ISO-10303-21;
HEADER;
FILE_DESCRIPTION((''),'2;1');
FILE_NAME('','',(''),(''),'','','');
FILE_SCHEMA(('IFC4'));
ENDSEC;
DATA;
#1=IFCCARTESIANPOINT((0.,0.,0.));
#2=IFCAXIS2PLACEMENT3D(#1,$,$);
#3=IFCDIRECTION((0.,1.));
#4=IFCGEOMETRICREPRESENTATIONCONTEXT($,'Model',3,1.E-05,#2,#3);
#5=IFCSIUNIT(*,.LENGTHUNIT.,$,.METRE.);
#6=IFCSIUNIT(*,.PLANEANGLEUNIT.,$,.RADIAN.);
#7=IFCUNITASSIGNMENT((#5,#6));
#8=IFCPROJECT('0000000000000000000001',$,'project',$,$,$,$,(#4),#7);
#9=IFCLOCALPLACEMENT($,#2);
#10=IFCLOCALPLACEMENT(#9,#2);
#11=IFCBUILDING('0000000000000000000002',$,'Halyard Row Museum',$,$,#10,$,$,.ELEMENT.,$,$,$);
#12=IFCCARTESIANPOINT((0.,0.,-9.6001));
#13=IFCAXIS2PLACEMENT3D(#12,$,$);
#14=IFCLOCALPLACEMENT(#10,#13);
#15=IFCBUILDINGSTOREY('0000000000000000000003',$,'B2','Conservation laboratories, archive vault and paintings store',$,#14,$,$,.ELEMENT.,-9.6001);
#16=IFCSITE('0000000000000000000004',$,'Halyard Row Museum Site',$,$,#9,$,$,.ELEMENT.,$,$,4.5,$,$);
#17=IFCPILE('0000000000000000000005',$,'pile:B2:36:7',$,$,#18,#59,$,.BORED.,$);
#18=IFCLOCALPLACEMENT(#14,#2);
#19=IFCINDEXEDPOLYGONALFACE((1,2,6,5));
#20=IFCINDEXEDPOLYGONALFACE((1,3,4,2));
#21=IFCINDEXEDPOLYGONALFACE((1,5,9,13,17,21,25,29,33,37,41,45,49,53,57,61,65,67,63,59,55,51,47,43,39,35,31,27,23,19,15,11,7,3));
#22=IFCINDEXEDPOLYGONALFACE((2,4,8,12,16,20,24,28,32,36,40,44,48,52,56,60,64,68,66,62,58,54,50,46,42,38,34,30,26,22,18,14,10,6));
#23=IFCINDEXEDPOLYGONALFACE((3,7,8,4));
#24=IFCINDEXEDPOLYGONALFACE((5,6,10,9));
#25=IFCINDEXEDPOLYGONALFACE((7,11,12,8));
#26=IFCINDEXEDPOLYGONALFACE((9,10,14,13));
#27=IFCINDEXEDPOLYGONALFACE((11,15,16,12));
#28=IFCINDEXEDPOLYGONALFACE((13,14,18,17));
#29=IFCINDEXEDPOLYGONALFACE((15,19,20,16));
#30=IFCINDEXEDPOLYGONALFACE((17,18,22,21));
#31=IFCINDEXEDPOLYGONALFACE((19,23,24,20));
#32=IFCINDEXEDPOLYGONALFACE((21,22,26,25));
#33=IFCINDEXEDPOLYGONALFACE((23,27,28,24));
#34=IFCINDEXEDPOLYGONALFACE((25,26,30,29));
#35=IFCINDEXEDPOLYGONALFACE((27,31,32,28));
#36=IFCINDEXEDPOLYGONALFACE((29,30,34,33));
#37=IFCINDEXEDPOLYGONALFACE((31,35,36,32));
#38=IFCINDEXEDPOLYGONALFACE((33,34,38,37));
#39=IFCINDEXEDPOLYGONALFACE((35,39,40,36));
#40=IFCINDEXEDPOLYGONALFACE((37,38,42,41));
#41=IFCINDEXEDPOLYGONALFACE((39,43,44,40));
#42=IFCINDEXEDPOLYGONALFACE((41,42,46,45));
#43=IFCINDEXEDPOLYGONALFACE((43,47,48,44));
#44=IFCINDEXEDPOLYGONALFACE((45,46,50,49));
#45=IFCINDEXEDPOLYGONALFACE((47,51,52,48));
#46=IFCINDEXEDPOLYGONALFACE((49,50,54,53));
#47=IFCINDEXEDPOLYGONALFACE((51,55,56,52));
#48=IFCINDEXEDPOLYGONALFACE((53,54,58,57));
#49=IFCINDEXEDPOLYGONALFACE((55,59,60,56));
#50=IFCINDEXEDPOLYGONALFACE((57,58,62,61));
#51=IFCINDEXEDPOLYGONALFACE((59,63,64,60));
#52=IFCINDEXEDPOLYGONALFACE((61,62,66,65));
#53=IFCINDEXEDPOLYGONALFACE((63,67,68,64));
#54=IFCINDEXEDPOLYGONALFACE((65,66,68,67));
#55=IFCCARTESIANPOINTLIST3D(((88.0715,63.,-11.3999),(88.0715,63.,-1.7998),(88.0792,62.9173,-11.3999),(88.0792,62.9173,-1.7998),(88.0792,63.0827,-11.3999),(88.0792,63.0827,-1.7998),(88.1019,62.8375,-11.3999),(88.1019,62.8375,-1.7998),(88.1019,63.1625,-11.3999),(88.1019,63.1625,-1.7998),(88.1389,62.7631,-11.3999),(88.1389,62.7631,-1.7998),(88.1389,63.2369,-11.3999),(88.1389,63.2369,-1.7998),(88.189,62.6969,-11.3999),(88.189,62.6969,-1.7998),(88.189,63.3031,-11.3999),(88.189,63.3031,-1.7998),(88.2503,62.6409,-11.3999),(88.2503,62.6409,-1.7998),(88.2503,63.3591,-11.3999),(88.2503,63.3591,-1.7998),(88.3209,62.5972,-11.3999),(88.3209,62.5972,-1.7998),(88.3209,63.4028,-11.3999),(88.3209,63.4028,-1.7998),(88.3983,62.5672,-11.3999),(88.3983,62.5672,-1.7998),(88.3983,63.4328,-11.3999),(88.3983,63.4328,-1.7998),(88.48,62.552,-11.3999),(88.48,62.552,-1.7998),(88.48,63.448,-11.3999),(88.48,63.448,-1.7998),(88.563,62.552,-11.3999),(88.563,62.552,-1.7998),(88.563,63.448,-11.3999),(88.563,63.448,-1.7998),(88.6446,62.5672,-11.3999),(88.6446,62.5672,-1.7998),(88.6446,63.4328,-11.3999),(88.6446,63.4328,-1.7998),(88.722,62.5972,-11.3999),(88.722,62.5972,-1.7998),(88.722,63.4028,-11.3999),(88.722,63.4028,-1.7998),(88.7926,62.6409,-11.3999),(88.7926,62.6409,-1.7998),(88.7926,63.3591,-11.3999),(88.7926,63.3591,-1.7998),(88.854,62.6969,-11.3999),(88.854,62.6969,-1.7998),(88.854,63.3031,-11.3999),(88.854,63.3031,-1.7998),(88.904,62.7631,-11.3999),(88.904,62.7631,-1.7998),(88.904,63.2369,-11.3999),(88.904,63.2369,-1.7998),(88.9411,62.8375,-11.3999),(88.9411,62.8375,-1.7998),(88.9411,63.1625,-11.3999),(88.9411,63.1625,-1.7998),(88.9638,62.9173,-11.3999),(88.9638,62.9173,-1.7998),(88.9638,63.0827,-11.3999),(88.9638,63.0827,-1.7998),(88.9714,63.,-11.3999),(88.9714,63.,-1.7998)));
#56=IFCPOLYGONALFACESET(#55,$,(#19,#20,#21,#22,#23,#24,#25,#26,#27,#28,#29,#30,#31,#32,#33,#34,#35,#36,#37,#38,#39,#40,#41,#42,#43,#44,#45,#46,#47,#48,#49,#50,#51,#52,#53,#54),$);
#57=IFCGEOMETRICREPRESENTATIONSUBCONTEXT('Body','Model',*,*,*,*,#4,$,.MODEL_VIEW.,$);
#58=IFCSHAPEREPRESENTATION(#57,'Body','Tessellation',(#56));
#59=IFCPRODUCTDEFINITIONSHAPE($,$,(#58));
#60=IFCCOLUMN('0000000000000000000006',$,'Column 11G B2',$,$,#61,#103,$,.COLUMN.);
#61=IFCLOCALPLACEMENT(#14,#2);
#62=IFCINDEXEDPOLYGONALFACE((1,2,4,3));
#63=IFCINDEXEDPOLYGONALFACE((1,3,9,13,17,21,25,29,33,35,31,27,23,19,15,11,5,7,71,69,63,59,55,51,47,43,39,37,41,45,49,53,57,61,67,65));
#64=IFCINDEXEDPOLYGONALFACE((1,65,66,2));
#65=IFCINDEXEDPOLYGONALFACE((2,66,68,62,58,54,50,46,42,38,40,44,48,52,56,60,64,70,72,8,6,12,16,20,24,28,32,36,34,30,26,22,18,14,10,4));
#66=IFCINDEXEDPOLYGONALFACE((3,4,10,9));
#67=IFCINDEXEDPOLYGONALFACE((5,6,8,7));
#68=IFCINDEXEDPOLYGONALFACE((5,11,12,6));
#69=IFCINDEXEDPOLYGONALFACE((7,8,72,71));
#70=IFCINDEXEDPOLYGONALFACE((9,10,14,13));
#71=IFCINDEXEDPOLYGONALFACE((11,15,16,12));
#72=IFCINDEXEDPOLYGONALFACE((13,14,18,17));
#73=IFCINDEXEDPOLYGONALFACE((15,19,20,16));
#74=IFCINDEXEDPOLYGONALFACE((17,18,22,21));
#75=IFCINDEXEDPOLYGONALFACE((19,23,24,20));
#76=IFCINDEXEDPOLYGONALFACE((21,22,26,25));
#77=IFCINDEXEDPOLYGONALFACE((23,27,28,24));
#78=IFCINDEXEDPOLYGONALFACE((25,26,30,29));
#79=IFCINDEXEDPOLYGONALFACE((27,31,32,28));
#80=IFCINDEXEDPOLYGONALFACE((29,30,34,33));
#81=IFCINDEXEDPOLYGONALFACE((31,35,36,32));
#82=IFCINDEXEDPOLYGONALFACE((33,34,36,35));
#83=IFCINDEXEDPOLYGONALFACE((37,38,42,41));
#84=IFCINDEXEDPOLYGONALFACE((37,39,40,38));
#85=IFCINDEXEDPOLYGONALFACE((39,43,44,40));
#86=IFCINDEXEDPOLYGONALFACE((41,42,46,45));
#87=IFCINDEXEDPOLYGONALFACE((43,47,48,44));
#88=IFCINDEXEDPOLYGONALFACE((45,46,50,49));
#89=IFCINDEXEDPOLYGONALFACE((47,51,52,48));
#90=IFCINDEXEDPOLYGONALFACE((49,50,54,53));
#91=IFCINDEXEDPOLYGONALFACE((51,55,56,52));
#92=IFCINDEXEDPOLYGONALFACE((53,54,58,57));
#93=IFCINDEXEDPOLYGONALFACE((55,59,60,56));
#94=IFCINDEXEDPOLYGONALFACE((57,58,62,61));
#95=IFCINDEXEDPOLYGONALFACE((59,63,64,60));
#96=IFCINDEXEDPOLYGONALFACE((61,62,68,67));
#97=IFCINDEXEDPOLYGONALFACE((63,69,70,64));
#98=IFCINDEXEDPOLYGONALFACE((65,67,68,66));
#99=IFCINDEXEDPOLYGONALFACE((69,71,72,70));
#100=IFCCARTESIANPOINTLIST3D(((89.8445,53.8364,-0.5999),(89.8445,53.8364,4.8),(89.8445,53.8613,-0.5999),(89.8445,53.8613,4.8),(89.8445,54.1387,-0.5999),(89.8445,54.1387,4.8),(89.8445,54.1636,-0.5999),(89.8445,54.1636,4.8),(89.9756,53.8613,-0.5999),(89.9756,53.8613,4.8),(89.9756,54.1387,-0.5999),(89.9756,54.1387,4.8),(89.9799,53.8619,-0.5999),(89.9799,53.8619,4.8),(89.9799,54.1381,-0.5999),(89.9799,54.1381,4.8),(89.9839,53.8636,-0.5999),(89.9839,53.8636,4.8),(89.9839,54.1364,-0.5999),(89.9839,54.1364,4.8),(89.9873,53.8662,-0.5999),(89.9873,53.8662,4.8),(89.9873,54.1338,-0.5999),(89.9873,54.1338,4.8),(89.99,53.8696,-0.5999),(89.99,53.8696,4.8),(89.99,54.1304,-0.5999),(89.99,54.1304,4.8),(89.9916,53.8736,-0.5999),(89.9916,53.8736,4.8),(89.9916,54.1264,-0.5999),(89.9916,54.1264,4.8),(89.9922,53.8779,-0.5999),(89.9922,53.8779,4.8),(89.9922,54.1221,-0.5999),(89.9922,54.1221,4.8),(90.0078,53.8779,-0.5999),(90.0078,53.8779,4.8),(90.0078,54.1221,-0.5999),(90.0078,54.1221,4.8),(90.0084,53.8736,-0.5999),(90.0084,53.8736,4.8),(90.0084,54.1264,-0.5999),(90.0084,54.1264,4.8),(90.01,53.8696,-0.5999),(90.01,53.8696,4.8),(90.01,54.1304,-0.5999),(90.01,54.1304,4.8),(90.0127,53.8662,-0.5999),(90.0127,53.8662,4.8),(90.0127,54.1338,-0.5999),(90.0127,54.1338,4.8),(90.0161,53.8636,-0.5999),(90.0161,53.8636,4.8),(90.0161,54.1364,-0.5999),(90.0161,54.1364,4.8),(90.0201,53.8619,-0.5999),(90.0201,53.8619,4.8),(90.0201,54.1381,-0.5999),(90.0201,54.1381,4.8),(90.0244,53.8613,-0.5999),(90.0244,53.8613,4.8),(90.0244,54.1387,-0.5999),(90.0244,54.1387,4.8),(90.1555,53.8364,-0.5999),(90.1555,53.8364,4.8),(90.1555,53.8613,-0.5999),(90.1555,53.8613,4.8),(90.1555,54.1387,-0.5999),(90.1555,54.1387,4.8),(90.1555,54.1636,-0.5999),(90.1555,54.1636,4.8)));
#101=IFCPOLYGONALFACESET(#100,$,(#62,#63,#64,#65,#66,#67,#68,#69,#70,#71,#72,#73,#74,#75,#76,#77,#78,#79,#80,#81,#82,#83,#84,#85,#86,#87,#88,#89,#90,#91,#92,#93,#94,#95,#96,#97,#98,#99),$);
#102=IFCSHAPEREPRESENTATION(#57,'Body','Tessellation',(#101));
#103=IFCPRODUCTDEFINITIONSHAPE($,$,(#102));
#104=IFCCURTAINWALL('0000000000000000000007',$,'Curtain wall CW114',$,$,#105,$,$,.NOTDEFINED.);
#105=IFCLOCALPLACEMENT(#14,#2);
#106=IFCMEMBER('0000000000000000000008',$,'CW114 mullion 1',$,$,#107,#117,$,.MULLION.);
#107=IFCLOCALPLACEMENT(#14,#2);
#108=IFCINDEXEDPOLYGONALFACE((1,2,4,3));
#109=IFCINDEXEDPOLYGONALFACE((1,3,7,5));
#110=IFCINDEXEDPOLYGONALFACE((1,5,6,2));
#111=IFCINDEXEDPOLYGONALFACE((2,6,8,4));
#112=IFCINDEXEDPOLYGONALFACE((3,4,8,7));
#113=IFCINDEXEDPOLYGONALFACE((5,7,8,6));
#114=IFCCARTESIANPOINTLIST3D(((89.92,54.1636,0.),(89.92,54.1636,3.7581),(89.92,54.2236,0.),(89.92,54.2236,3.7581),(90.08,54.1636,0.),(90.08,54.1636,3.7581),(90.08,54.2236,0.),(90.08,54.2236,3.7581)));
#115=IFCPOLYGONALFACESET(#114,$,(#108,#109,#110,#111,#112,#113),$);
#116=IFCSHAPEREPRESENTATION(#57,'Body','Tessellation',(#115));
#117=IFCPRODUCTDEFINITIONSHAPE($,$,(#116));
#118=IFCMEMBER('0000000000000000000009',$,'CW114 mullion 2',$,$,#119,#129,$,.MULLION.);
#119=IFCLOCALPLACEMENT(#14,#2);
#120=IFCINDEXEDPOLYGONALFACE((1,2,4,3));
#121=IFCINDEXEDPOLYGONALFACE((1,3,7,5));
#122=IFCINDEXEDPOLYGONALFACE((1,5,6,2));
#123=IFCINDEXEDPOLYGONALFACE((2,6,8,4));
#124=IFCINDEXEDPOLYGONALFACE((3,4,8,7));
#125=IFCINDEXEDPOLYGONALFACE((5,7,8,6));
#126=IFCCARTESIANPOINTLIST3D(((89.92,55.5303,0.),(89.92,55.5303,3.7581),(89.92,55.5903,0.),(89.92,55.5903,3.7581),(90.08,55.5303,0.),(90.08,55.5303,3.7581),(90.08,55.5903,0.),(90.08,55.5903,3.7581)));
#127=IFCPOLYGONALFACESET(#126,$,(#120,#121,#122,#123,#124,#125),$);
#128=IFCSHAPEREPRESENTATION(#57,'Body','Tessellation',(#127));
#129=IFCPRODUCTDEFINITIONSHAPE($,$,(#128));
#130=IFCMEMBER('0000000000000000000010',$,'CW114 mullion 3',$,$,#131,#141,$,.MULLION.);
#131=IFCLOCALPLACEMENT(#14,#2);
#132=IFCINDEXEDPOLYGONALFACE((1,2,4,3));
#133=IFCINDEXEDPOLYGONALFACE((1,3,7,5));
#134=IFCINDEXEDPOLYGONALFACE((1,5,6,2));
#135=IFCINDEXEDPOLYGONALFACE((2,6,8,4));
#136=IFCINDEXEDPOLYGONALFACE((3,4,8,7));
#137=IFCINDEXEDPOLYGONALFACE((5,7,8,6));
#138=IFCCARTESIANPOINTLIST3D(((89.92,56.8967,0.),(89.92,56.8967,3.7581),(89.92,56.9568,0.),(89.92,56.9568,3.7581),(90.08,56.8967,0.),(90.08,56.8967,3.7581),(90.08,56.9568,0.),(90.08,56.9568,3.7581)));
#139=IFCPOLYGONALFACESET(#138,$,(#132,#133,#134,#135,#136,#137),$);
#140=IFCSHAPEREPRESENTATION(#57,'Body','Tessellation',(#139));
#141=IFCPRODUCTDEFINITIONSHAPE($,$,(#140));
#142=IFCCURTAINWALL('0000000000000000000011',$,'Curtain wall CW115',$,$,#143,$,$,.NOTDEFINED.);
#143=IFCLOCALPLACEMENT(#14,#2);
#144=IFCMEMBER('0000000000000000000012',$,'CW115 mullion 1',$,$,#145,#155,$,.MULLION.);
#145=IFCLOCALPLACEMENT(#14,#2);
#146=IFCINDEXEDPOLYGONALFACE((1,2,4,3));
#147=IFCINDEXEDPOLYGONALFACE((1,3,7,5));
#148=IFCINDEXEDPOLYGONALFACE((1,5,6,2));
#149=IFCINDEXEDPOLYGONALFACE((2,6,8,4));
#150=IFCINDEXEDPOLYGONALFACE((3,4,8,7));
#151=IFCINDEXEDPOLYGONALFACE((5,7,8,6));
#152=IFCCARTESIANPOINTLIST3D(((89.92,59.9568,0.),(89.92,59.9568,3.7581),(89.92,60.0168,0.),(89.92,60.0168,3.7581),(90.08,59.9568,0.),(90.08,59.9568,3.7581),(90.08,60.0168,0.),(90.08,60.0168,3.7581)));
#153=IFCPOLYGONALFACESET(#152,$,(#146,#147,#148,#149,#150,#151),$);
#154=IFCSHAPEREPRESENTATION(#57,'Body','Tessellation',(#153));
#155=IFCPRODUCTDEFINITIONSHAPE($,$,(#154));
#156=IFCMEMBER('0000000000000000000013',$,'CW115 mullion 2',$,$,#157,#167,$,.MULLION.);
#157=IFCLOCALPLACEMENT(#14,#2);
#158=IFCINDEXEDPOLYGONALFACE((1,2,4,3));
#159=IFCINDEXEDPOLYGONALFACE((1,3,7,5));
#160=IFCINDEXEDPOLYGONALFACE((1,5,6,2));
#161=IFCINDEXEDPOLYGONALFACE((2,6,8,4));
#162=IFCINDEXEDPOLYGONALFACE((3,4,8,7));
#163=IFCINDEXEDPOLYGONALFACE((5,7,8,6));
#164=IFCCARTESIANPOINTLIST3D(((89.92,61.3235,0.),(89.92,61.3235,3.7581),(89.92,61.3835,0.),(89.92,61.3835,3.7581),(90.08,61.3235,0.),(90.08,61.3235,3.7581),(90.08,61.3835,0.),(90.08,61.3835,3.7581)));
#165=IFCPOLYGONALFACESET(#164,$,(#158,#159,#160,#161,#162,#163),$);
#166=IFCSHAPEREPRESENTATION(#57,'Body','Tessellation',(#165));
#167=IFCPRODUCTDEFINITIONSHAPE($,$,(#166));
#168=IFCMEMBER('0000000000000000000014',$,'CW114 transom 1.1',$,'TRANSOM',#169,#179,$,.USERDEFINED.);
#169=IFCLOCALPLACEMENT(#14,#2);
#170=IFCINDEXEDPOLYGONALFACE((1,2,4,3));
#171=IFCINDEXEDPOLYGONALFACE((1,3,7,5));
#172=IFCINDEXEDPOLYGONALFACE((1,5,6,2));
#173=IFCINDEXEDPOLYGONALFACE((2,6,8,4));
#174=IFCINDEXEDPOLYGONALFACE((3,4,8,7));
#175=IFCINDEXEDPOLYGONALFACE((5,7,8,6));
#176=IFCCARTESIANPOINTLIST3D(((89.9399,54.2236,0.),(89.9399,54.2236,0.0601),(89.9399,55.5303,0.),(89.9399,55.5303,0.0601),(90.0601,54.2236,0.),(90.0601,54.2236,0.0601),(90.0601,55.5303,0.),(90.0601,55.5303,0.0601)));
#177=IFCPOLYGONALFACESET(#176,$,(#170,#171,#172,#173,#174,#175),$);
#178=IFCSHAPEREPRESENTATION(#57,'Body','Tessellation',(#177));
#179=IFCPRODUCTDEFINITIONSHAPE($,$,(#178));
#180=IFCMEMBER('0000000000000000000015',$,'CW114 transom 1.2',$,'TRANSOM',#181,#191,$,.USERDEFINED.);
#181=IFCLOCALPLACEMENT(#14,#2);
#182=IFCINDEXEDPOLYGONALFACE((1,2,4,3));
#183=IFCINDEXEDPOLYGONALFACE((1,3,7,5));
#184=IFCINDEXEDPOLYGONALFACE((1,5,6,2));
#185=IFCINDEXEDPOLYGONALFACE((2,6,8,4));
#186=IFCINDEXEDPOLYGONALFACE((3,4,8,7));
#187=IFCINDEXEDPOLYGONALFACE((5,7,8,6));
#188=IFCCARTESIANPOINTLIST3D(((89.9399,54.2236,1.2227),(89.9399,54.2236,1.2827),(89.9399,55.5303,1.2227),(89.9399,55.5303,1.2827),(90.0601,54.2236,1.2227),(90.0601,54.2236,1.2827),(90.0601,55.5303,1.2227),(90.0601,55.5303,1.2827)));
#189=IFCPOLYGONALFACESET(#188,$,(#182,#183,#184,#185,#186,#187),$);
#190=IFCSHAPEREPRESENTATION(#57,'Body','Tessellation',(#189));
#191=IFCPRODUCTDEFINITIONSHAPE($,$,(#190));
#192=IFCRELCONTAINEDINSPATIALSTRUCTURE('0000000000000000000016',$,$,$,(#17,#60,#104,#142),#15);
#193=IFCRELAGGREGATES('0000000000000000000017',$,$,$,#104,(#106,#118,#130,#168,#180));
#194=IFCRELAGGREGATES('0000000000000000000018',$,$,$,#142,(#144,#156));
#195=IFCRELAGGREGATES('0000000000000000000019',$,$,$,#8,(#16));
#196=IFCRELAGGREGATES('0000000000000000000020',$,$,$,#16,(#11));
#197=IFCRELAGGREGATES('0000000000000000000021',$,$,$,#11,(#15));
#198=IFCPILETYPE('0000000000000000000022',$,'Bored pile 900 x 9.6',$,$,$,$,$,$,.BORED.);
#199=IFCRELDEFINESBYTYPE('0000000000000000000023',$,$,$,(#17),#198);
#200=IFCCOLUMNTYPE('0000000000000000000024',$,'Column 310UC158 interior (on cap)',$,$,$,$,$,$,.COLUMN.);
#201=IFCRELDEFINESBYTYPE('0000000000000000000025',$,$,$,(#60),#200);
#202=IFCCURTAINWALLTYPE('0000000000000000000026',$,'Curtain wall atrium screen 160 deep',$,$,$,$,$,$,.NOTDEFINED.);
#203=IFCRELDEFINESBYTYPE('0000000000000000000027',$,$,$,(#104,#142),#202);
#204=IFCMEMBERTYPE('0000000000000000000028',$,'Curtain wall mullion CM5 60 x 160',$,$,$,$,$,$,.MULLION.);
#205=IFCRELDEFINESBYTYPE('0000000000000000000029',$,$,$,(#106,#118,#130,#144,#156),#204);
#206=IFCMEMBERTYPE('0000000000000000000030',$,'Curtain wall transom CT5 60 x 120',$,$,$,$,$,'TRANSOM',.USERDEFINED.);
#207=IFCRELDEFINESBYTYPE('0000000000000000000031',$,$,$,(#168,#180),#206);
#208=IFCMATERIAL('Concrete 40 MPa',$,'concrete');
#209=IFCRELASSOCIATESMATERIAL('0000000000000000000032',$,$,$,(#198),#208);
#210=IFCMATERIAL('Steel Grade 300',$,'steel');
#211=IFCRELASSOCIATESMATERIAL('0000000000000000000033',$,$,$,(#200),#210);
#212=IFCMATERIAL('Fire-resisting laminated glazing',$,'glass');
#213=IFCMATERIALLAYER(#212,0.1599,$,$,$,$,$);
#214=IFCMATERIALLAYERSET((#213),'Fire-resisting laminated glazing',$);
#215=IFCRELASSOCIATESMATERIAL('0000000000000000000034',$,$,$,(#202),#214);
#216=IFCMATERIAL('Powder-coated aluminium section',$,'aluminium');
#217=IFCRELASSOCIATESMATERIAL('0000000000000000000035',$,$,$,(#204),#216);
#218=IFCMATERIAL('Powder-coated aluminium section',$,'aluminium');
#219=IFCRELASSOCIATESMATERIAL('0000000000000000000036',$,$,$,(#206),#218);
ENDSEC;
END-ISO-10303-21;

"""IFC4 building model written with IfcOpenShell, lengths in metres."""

from ifc_helpers import new_model, si_unit, direction, frame, origin, origin_2d, place, context, subcontext, project, spatial, rectangle, circle, i_section, extrude, material, layer, layer_set, material_profile, profile_set, type_object, element, aggregate, save


model = new_model("IFC4")

# Units and contexts
model_context = context("Model", 3, precision=1e-05, world=origin(), true_north=direction((0.0, 1.0)))
body_context = subcontext(model_context, "Body", "Model", "MODEL_VIEW")
ifc_project = project(units=[si_unit("LENGTHUNIT", "METRE"), si_unit("PLANEANGLEUNIT", "RADIAN")], contexts=[model_context])

# Site, building, storey
site_placement = place(None, origin())
site = spatial("IfcSite", under=ifc_project, at=site_placement, Name="Halyard Row Museum Site", CompositionType="ELEMENT", RefElevation=4.5)
building_placement = place(site_placement, origin())
building = spatial("IfcBuilding", under=site, at=building_placement, Name="Halyard Row Museum", CompositionType="ELEMENT")
storey_placement = place(building_placement, frame((0.0, 0.0, -9.6001)))
storey = spatial("IfcBuildingStorey", under=building, at=storey_placement, Name="B2", Description="Conservation laboratories, archive vault and paintings store", CompositionType="ELEMENT", Elevation=-9.6001)

# Pile
ifc_material_1 = material(Name="Concrete 40 MPa", Category="concrete")
ifc_material_profile_1 = material_profile(ifc_material_1, circle(Radius=0.45, at=origin_2d()), Name="Bored pile 900 x 9.6")
ifc_profile_set_1 = profile_set([ifc_material_profile_1], Name="Concrete 40 MPa")
pile_type_1 = type_object("IfcPileType", Name="Bored pile 900 x 9.6", PredefinedType="BORED", material=ifc_profile_set_1)
for number, where, z_axis, x_axis, name in (
    (1, (88.5215, 63.0, -1.7998), (0.0, 0.0, -1.0), (1.0, 0.0, 0.0), "pile:B2:36:7"),
):
    element("IfcPile", number, at=place(storey_placement, frame(where, z_axis=z_axis, x_axis=x_axis)), inside=storey, type_object=pile_type_1, Name=name, PredefinedType="BORED", context=body_context, shape_type="SweptSolid", body=[
        extrude(circle(Radius=0.45, at=origin_2d()), origin(), (0.0, 0.0, 1.0), 9.6001),
    ])

# Column
ifc_material_2 = material(Name="Steel Grade 300", Category="steel")
ifc_material_profile_2 = material_profile(ifc_material_2, i_section(OverallWidth=0.311, OverallDepth=0.3271, WebThickness=0.0156, FlangeThickness=0.0249, FilletRadius=0.0166, at=origin_2d()), Name="310UC158")
ifc_profile_set_2 = profile_set([ifc_material_profile_2], Name="Steel Grade 300")
column_type = type_object("IfcColumnType", Name="Column 310UC158 interior (on cap)", PredefinedType="COLUMN", material=ifc_profile_set_2)
column_placement = place(storey_placement, frame((90.0, 54.0, -0.5999), z_axis=(0.0, 0.0, 1.0), x_axis=(1.0, 0.0, 0.0)))
element("IfcColumn", 2, at=column_placement, inside=storey, type_object=column_type, Name="Column 11G B2", PredefinedType="COLUMN", context=body_context, shape_type="SweptSolid", body=[
    extrude(i_section(OverallWidth=0.311, OverallDepth=0.3271, WebThickness=0.0156, FlangeThickness=0.0249, FilletRadius=0.0166, at=origin_2d()), origin(), (0.0, 0.0, 1.0), 5.3999),
])

# Curtain walls, members
ifc_material_3 = material(Name="Fire-resisting laminated glazing", Category="glass")
ifc_layer_1 = layer(ifc_material_3, 0.1599)
ifc_layer_set_1 = layer_set([ifc_layer_1], Name="Fire-resisting laminated glazing")
curtain_wall_type = type_object("IfcCurtainWallType", Name="Curtain wall atrium screen 160 deep", PredefinedType="NOTDEFINED", material=ifc_layer_set_1)
curtain_wall_1_placement = place(storey_placement, origin())
curtain_wall_1 = element("IfcCurtainWall", 3, at=curtain_wall_1_placement, inside=storey, type_object=curtain_wall_type, Name="Curtain wall CW114", PredefinedType="NOTDEFINED")
ifc_material_4 = material(Name="Powder-coated aluminium section", Category="aluminium")
ifc_material_profile_3 = material_profile(ifc_material_4, rectangle(XDim=0.1599, YDim=0.0601, at=origin_2d()), Name="160x60 mullion")
ifc_profile_set_3 = profile_set([ifc_material_profile_3], Name="Powder-coated aluminium section")
member_type_1 = type_object("IfcMemberType", Name="Curtain wall mullion CM5 60 x 160", PredefinedType="MULLION", material=ifc_profile_set_3)
member_1_placement = place(storey_placement, frame((90.0, 54.1936, 0.0), z_axis=(0.0, 0.0, 1.0), x_axis=(-1.0, 0.0, 0.0)))
member_1 = element("IfcMember", 4, at=member_1_placement, type_object=member_type_1, Name="CW114 mullion 1", PredefinedType="MULLION", context=body_context, shape_type="SweptSolid", body=[
    extrude(rectangle(XDim=0.1599, YDim=0.0601, at=origin_2d()), origin(), (0.0, 0.0, 1.0), 3.7581),
])
member_2_placement = place(storey_placement, frame((90.0, 55.5603, 0.0), z_axis=(0.0, 0.0, 1.0), x_axis=(-1.0, 0.0, 0.0)))
member_2 = element("IfcMember", 5, at=member_2_placement, type_object=member_type_1, Name="CW114 mullion 2", PredefinedType="MULLION", context=body_context, shape_type="SweptSolid", body=[
    extrude(rectangle(XDim=0.1599, YDim=0.0601, at=origin_2d()), origin(), (0.0, 0.0, 1.0), 3.7581),
])
member_3_placement = place(storey_placement, frame((90.0, 56.9268, 0.0), z_axis=(0.0, 0.0, 1.0), x_axis=(-1.0, 0.0, 0.0)))
member_3 = element("IfcMember", 6, at=member_3_placement, type_object=member_type_1, Name="CW114 mullion 3", PredefinedType="MULLION", context=body_context, shape_type="SweptSolid", body=[
    extrude(rectangle(XDim=0.1599, YDim=0.0601, at=origin_2d()), origin(), (0.0, 0.0, 1.0), 3.7581),
])
curtain_wall_2_placement = place(storey_placement, origin())
curtain_wall_2 = element("IfcCurtainWall", 7, at=curtain_wall_2_placement, inside=storey, type_object=curtain_wall_type, Name="Curtain wall CW115", PredefinedType="NOTDEFINED")
member_4_placement = place(storey_placement, frame((90.0, 59.9868, 0.0), z_axis=(0.0, 0.0, 1.0), x_axis=(-1.0, 0.0, 0.0)))
member_4 = element("IfcMember", 8, at=member_4_placement, type_object=member_type_1, Name="CW115 mullion 1", PredefinedType="MULLION", context=body_context, shape_type="SweptSolid", body=[
    extrude(rectangle(XDim=0.1599, YDim=0.0601, at=origin_2d()), origin(), (0.0, 0.0, 1.0), 3.7581),
])
member_5_placement = place(storey_placement, frame((90.0, 61.3535, 0.0), z_axis=(0.0, 0.0, 1.0), x_axis=(-1.0, 0.0, 0.0)))
member_5 = element("IfcMember", 9, at=member_5_placement, type_object=member_type_1, Name="CW115 mullion 2", PredefinedType="MULLION", context=body_context, shape_type="SweptSolid", body=[
    extrude(rectangle(XDim=0.1599, YDim=0.0601, at=origin_2d()), origin(), (0.0, 0.0, 1.0), 3.7581),
])

# Members
ifc_material_5 = material(Name="Powder-coated aluminium section", Category="aluminium")
ifc_material_profile_4 = material_profile(ifc_material_5, rectangle(XDim=0.1201, YDim=0.0601, at=origin_2d()), Name="120x60 transom")
ifc_profile_set_4 = profile_set([ifc_material_profile_4], Name="Powder-coated aluminium section")
member_type_2 = type_object("IfcMemberType", Name="Curtain wall transom CT5 60 x 120", ElementType="TRANSOM", PredefinedType="USERDEFINED", material=ifc_profile_set_4)
member_6_placement = place(storey_placement, frame((90.0, 54.2236, 0.03), z_axis=(0.0, 1.0, 0.0), x_axis=(-1.0, 0.0, 0.0)))
member_6 = element("IfcMember", 10, at=member_6_placement, type_object=member_type_2, Name="CW114 transom 1.1", ObjectType="TRANSOM", PredefinedType="USERDEFINED", context=body_context, shape_type="SweptSolid", body=[
    extrude(rectangle(XDim=0.1201, YDim=0.0601, at=origin_2d()), origin(), (0.0, 0.0, 1.0), 1.3066),
])
member_7_placement = place(storey_placement, frame((90.0, 54.2236, 1.2527), z_axis=(0.0, 1.0, 0.0), x_axis=(-1.0, 0.0, 0.0)))
member_7 = element("IfcMember", 11, at=member_7_placement, type_object=member_type_2, Name="CW114 transom 1.2", ObjectType="TRANSOM", PredefinedType="USERDEFINED", context=body_context, shape_type="SweptSolid", body=[
    extrude(rectangle(XDim=0.1201, YDim=0.0601, at=origin_2d()), origin(), (0.0, 0.0, 1.0), 1.3066),
])

aggregate(curtain_wall_1, [member_1, member_2, member_3, member_6, member_7])
aggregate(curtain_wall_2, [member_4, member_5])

save(model, "model.ifc")
